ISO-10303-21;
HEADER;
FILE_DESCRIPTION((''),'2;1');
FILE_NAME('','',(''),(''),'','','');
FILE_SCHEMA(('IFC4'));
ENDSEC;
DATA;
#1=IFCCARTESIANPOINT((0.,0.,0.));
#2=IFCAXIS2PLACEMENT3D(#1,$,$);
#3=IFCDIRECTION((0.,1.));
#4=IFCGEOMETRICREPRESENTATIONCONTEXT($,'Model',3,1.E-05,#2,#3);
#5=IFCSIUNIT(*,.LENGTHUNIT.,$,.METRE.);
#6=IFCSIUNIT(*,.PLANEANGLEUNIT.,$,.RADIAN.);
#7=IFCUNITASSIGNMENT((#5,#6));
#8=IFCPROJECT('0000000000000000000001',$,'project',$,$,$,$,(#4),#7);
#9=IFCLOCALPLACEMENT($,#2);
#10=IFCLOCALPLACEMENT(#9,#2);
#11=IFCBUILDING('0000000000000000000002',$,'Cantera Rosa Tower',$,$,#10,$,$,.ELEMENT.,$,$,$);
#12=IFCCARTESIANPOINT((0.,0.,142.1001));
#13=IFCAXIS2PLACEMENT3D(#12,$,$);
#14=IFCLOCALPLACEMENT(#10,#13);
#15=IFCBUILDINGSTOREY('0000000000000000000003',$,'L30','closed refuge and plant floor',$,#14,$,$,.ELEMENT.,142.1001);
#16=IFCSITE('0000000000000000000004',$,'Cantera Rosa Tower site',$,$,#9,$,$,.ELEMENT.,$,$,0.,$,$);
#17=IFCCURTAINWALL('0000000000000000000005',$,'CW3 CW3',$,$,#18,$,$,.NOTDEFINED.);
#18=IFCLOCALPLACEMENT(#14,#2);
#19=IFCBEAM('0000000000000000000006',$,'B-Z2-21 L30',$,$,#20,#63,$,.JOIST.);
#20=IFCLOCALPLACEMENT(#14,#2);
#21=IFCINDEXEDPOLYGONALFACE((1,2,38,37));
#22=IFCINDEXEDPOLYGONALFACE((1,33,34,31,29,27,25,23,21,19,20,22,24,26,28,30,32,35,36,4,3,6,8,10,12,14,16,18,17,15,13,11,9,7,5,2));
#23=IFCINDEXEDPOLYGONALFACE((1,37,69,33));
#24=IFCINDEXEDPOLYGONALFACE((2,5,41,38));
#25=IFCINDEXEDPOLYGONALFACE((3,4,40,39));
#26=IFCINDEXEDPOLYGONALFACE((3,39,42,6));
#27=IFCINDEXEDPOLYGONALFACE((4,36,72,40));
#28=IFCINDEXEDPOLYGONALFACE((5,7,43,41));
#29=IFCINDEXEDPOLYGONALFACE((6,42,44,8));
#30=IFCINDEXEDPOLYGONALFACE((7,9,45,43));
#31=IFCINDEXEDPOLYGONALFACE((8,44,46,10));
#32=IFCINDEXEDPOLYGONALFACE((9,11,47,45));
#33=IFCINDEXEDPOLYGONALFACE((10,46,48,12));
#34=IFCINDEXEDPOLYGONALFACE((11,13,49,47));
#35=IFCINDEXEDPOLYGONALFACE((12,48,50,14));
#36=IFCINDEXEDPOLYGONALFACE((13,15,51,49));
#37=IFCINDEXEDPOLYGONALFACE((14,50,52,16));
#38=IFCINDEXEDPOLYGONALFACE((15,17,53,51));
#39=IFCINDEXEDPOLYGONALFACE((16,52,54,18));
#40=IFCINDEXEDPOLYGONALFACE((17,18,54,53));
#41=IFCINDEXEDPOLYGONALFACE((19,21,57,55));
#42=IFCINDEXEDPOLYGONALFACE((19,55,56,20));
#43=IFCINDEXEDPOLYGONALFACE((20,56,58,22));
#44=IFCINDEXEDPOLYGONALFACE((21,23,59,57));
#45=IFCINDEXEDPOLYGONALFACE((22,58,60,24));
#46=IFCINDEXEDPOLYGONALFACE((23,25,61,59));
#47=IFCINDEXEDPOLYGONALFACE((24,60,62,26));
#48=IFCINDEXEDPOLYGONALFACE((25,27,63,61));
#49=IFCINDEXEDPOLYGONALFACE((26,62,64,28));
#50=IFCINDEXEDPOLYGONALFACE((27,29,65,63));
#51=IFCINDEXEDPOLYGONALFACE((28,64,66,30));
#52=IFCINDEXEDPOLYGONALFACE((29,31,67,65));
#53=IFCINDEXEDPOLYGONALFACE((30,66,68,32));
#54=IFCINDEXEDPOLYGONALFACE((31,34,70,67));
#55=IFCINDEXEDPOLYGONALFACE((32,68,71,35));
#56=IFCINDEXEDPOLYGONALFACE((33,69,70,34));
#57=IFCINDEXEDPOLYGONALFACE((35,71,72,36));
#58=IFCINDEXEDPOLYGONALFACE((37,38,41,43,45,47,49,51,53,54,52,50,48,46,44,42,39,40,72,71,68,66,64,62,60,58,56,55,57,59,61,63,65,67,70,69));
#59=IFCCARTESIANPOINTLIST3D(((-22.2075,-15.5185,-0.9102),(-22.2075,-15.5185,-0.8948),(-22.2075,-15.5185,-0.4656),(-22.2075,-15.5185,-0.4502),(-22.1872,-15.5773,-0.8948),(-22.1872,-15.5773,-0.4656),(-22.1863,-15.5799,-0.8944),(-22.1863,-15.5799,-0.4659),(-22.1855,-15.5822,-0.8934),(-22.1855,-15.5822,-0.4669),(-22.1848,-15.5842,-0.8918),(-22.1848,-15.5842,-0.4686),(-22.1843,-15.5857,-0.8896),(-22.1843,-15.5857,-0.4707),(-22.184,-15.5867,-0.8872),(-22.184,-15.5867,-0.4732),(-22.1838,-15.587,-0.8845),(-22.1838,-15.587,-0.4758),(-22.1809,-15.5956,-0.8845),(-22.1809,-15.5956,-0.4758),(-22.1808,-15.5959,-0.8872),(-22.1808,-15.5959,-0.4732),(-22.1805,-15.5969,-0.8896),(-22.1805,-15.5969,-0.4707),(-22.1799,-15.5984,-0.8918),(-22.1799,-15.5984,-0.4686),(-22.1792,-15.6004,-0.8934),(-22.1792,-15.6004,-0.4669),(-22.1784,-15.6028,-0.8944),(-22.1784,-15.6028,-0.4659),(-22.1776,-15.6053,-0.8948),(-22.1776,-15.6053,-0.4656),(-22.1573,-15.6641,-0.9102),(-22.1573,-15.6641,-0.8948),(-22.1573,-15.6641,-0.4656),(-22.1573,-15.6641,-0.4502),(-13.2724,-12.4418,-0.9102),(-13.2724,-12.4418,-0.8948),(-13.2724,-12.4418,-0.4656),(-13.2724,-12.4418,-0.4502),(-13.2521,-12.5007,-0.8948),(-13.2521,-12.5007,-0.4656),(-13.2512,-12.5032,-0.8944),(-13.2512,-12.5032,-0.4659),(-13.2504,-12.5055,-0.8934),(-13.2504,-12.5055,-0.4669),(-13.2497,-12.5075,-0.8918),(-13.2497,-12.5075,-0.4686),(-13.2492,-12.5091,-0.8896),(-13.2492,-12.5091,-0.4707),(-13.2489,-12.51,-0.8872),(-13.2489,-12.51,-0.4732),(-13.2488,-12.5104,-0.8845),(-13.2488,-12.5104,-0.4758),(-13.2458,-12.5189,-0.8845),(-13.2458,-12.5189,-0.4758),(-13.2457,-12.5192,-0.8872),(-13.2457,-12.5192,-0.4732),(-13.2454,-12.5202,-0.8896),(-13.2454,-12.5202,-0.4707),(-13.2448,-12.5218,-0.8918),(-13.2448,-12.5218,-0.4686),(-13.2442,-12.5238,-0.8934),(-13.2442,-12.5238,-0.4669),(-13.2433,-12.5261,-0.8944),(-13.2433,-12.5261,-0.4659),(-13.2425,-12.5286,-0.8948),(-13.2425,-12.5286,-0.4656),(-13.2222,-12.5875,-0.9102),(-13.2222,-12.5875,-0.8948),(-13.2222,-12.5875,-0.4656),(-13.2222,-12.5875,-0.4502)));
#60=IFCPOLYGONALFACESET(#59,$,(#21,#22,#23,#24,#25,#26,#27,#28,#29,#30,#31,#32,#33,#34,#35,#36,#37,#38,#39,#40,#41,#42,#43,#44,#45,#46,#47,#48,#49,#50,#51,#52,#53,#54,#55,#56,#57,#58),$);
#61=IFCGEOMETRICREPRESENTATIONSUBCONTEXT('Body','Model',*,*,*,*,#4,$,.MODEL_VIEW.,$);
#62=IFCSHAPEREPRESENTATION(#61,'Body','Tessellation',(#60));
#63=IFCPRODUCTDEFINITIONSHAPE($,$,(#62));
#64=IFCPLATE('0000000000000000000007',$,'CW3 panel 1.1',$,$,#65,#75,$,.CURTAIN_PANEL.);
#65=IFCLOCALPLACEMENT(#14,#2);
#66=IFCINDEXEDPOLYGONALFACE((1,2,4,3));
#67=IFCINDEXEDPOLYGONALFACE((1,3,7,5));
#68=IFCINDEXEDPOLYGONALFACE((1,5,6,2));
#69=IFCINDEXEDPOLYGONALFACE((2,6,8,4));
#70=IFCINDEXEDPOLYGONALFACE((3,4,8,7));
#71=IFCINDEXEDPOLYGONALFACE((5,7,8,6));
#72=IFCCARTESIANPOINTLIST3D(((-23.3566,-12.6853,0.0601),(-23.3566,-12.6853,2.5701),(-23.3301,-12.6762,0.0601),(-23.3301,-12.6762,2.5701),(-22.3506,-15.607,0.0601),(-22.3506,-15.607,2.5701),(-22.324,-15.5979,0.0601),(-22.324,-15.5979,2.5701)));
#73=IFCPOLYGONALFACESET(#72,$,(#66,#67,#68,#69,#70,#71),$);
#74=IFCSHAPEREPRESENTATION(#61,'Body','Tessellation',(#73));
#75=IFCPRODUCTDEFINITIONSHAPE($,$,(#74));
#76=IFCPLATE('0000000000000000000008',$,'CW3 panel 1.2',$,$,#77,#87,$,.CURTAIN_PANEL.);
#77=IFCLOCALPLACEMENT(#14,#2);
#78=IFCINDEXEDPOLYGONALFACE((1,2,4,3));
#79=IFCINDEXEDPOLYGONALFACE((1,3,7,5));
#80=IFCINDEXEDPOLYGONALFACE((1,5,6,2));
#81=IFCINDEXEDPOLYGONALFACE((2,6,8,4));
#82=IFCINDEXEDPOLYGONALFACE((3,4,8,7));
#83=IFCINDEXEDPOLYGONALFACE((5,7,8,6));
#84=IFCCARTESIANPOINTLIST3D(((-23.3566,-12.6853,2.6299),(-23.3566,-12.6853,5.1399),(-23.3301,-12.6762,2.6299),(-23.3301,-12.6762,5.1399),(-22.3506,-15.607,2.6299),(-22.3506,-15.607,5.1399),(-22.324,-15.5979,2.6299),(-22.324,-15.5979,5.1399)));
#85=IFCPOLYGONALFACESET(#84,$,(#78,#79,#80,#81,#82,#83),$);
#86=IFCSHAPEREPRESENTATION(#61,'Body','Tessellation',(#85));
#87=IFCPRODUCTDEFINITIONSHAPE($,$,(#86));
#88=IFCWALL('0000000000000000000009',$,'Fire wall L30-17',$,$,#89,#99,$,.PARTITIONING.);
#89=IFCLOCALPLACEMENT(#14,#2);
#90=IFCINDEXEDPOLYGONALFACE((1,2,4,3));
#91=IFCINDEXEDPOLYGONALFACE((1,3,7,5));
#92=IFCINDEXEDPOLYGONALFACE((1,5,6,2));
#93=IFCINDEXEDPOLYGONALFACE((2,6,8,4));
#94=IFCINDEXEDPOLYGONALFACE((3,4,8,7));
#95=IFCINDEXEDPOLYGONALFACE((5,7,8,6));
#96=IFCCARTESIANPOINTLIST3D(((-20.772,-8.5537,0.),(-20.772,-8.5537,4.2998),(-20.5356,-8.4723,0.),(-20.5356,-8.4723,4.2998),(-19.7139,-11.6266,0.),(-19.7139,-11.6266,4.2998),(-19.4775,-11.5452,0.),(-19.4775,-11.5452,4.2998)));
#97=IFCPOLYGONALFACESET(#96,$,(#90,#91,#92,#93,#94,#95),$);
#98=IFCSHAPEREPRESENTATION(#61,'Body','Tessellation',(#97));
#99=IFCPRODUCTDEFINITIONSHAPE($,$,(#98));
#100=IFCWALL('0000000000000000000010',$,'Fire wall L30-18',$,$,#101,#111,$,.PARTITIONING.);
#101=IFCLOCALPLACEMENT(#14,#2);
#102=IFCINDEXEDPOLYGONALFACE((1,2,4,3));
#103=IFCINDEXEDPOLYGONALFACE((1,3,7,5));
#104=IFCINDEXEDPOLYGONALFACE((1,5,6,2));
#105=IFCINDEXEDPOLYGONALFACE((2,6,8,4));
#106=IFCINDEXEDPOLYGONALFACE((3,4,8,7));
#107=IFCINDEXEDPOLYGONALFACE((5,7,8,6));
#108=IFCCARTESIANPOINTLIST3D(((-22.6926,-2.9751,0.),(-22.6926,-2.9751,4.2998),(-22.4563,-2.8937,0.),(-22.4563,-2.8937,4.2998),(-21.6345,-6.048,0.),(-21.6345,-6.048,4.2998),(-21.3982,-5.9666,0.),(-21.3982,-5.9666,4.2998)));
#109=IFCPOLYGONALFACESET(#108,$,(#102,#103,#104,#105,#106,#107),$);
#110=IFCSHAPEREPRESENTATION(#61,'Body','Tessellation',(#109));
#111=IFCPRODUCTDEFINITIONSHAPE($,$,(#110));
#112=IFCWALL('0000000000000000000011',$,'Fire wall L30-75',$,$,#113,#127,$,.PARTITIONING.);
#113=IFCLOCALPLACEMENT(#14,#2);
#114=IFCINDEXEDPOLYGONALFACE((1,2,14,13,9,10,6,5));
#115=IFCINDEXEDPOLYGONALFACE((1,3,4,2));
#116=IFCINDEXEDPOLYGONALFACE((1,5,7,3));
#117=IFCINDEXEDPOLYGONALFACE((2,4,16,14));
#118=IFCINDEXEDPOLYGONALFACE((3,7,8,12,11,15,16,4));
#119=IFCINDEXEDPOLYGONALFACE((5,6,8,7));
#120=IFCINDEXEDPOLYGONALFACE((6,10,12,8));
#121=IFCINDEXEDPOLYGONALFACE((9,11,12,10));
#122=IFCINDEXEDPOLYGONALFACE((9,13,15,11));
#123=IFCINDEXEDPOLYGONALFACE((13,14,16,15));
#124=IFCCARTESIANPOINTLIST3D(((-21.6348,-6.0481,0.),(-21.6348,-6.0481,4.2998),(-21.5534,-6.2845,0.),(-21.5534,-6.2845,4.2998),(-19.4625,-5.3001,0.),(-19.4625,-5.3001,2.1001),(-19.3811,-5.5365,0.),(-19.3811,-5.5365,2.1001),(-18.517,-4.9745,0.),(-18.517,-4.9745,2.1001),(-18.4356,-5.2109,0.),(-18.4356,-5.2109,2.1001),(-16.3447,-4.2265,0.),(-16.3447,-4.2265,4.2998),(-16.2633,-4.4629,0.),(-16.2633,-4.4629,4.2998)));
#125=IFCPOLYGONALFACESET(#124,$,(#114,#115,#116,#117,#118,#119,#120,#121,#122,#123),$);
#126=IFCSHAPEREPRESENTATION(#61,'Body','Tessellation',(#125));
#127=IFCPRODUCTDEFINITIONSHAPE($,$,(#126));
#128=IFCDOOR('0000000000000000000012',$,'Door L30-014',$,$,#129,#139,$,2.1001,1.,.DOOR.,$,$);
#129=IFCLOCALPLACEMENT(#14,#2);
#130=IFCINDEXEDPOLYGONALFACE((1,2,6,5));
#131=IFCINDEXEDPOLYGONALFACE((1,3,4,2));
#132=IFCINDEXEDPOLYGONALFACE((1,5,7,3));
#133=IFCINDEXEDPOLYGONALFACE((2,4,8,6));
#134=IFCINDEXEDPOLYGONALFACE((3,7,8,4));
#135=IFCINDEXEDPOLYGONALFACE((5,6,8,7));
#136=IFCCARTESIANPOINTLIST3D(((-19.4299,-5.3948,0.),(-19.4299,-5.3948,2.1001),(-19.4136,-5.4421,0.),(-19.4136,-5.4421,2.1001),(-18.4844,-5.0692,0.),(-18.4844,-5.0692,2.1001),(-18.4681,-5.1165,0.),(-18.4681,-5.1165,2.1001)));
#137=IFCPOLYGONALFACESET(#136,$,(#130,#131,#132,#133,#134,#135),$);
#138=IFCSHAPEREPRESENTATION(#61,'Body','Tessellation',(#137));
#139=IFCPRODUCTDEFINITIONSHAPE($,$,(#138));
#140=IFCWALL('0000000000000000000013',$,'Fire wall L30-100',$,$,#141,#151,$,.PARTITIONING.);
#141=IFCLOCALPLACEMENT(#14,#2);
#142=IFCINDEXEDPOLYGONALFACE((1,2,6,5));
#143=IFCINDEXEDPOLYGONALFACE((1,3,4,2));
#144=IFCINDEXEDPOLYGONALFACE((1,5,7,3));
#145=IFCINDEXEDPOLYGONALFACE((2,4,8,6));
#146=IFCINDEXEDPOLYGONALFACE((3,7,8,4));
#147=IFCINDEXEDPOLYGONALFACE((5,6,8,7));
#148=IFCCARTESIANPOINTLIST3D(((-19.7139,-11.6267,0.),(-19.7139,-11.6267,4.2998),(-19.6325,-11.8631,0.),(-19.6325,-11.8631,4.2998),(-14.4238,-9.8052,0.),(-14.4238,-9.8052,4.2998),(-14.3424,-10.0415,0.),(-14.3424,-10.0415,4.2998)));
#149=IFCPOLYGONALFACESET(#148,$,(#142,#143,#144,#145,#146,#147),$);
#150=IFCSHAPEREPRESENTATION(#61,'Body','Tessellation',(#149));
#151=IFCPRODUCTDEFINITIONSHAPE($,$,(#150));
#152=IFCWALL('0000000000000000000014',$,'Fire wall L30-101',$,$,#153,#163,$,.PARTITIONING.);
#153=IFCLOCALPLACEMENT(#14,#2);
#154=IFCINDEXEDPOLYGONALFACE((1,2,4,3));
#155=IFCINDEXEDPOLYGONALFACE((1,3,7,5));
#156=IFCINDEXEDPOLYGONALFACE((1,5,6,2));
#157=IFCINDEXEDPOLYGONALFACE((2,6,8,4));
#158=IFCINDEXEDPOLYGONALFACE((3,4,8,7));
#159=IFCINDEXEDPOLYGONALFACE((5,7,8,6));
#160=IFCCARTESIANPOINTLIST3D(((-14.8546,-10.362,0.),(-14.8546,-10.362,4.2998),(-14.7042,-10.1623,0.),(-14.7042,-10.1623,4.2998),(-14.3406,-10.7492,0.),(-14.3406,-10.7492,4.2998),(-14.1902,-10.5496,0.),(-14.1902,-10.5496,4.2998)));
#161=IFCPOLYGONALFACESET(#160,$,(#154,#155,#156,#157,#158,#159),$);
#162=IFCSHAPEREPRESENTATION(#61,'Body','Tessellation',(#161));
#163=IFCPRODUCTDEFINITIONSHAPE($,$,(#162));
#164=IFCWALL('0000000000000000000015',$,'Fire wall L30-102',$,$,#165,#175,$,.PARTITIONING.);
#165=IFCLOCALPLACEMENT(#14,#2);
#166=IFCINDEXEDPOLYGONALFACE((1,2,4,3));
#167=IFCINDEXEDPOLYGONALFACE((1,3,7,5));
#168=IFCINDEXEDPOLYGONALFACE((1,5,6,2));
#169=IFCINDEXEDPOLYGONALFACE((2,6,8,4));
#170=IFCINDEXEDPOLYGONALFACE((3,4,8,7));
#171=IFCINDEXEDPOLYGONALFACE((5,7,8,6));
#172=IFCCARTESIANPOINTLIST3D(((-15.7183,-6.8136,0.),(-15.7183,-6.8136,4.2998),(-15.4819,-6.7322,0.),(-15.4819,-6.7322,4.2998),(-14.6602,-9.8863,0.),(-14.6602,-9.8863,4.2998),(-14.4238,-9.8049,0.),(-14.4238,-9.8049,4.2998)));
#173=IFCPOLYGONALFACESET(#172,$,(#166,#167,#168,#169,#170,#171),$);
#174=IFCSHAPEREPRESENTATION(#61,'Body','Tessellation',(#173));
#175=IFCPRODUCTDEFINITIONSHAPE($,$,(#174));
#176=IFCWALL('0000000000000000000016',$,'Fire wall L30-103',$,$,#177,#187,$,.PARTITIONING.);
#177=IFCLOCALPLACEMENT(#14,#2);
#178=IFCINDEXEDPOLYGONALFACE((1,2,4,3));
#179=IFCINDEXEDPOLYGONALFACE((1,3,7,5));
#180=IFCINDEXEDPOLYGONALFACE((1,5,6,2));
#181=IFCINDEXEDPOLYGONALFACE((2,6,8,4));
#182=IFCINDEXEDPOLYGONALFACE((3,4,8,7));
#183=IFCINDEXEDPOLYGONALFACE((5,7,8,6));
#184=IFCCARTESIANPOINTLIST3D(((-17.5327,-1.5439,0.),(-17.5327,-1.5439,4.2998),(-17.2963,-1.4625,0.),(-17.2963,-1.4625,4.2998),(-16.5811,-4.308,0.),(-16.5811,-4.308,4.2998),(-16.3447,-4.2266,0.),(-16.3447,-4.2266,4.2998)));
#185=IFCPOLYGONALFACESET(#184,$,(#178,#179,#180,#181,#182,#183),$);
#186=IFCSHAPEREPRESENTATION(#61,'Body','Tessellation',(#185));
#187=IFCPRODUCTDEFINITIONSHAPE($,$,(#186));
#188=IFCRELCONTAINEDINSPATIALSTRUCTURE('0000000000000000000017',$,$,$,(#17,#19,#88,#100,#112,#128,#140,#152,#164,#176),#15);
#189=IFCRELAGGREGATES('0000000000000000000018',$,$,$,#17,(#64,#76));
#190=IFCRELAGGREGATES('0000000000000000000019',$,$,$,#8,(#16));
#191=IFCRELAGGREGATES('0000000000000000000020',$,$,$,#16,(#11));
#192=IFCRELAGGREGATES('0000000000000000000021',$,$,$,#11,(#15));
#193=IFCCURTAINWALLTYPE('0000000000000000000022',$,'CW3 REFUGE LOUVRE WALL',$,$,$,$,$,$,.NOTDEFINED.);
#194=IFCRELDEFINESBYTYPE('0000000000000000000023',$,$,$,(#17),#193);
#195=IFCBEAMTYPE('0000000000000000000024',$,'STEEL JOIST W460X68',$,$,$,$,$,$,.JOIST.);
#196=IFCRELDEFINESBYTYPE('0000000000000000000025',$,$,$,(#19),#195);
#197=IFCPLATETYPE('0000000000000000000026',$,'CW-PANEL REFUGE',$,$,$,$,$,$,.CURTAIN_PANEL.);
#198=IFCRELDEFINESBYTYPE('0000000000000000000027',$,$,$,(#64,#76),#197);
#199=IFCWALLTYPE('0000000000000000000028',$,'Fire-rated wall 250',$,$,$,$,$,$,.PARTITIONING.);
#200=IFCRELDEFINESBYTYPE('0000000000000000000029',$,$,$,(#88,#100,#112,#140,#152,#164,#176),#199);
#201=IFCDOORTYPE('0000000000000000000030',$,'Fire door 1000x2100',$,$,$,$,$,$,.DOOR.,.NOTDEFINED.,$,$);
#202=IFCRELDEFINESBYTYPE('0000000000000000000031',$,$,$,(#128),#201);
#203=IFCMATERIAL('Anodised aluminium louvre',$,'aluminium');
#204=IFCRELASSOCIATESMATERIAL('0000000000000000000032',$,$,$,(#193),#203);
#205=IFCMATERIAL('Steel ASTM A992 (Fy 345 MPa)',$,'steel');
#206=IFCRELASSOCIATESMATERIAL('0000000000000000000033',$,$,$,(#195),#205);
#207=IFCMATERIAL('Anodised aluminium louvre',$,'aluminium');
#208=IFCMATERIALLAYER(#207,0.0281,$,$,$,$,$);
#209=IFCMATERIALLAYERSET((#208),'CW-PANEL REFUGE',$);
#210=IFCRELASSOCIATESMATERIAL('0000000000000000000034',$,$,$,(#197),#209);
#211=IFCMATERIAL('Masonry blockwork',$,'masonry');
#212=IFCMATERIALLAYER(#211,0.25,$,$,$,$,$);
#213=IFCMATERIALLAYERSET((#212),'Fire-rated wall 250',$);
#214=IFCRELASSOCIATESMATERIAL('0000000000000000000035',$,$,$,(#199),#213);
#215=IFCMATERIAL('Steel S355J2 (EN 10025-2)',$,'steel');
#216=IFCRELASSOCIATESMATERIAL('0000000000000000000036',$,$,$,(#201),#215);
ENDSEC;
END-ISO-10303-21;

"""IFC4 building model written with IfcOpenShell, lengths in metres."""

from ifc_helpers import new_model, si_unit, direction, frame, frame_2d, origin, origin_2d, place, context, subcontext, project, spatial, rectangle, i_section, extrude, material, layer, layer_set, material_profile, profile_set, type_object, element, fill, aggregate, save


model = new_model("IFC4")

# Units and contexts
model_context = context("Model", 3, precision=1e-05, world=origin(), true_north=direction((0.0, 1.0)))
body_context = subcontext(model_context, "Body", "Model", "MODEL_VIEW")
ifc_project = project(units=[si_unit("LENGTHUNIT", "METRE"), si_unit("PLANEANGLEUNIT", "RADIAN")], contexts=[model_context])

# Site, building, storey
site_placement = place(None, origin())
site = spatial("IfcSite", under=ifc_project, at=site_placement, Name="Cantera Rosa Tower site", CompositionType="ELEMENT", RefElevation=0.0)
building_placement = place(site_placement, origin())
building = spatial("IfcBuilding", under=site, at=building_placement, Name="Cantera Rosa Tower", CompositionType="ELEMENT")
storey_placement = place(building_placement, frame((0.0, 0.0, 142.1001)))
storey = spatial("IfcBuildingStorey", under=building, at=storey_placement, Name="L30", Description="closed refuge and plant floor", CompositionType="ELEMENT", Elevation=142.1001)

# Curtain wall
ifc_material_1 = material(Name="Anodised aluminium louvre", Category="aluminium")
curtain_wall_type = type_object("IfcCurtainWallType", Name="CW3 REFUGE LOUVRE WALL", PredefinedType="NOTDEFINED", material=ifc_material_1)
curtain_wall_placement = place(storey_placement, origin())
curtain_wall = element("IfcCurtainWall", 1, at=curtain_wall_placement, inside=storey, type_object=curtain_wall_type, Name="CW3 CW3", PredefinedType="NOTDEFINED")

# Beam
ifc_material_2 = material(Name="Steel ASTM A992 (Fy 345 MPa)", Category="steel")
ifc_material_profile_1 = material_profile(ifc_material_2, i_section(OverallWidth=0.1541, OverallDepth=0.46, WebThickness=0.009, FlangeThickness=0.0154, FilletRadius=0.0103, at=origin_2d()), Name="W460X68")
ifc_profile_set_1 = profile_set([ifc_material_profile_1], Name="Steel ASTM A992 (Fy 345 MPa)")
beam_type_1 = type_object("IfcBeamType", Name="STEEL JOIST W460X68", PredefinedType="JOIST", material=ifc_profile_set_1)
beam_1_placement = place(storey_placement, frame((-22.1824, -15.5913, -0.6802), z_axis=(0.945516, 0.325575, 0.0), x_axis=(-0.325575, 0.945516, 0.0)))
element("IfcBeam", 2, at=beam_1_placement, inside=storey, type_object=beam_type_1, Name="B-Z2-21 L30", PredefinedType="JOIST", context=body_context, shape_type="SweptSolid", body=[
    extrude(i_section(OverallWidth=0.1541, OverallDepth=0.46, WebThickness=0.009, FlangeThickness=0.0154, FilletRadius=0.0103, at=origin_2d()), origin(), (0.0, 0.0, 1.0), 9.45),
])

# Plates
ifc_material_3 = material(Name="Anodised aluminium louvre", Category="aluminium")
ifc_layer_1 = layer(ifc_material_3, 0.0281)
ifc_layer_set_1 = layer_set([ifc_layer_1], Name="CW-PANEL REFUGE")
plate_type = type_object("IfcPlateType", Name="CW-PANEL REFUGE", PredefinedType="CURTAIN_PANEL", material=ifc_layer_set_1)
plate_1_placement = place(storey_placement, frame((-22.8403, -14.1416, 0.0601), z_axis=(0.0, 0.0, 1.0), x_axis=(0.325568, -0.945519, 0.0)))
plate_1 = element("IfcPlate", 3, at=plate_1_placement, type_object=plate_type, Name="CW3 panel 1.1", PredefinedType="CURTAIN_PANEL", context=body_context, shape_type="SweptSolid", body=[
    extrude(rectangle(XDim=3.0901, YDim=0.0281, at=origin_2d()), origin(), (0.0, 0.0, 1.0), 2.51),
])
plate_2_placement = place(storey_placement, frame((-22.8403, -14.1416, 2.6299), z_axis=(0.0, 0.0, 1.0), x_axis=(0.325568, -0.945519, 0.0)))
plate_2 = element("IfcPlate", 4, at=plate_2_placement, type_object=plate_type, Name="CW3 panel 1.2", PredefinedType="CURTAIN_PANEL", context=body_context, shape_type="SweptSolid", body=[
    extrude(rectangle(XDim=3.0901, YDim=0.0281, at=origin_2d()), origin(), (0.0, 0.0, 1.0), 2.51),
])
aggregate(curtain_wall, [plate_1, plate_2])

# Walls
ifc_material_4 = material(Name="Masonry blockwork", Category="masonry")
ifc_layer_2 = layer(ifc_material_4, 0.25)
ifc_layer_set_2 = layer_set([ifc_layer_2], Name="Fire-rated wall 250")
wall_type_1 = type_object("IfcWallType", Name="Fire-rated wall 250", PredefinedType="PARTITIONING", material=ifc_layer_set_2)
for number, where, z_axis, x_axis, name in (
    (5, (-19.5957, -11.5859, 0.0), (0.0, 0.0, 1.0), (-0.325565, 0.94552, 0.0), "Fire wall L30-17"),
    (6, (-21.5164, -6.0073, 0.0), (0.0, 0.0, 1.0), (-0.325565, 0.94552, 0.0), "Fire wall L30-18"),
):
    element("IfcWall", number, at=place(storey_placement, frame(where, z_axis=z_axis, x_axis=x_axis)), inside=storey, type_object=wall_type_1, Name=name, PredefinedType="PARTITIONING", context=body_context, shape_type="SweptSolid", body=[
        extrude(rectangle(XDim=3.25, YDim=0.25, at=frame_2d((1.625, 0.0))), origin(), (0.0, 0.0, 1.0), 4.2998),
    ])

# Wall, opening, door
wall_1_placement = place(storey_placement, frame((-21.594, -6.1663, 0.0), z_axis=(0.0, 0.0, 1.0), x_axis=(0.945517, 0.325572, 0.0)))
wall_1 = element("IfcWall", 7, at=wall_1_placement, inside=storey, type_object=wall_type_1, Name="Fire wall L30-75", PredefinedType="PARTITIONING", context=body_context, shape_type="SweptSolid", body=[
    extrude(rectangle(XDim=5.595, YDim=0.25, at=frame_2d((2.7974, 0.0))), origin(), (0.0, 0.0, 1.0), 4.2998),
])
opening_1_placement = place(wall_1_placement, frame((2.2974, 0.0, 0.0)))
opening_1 = element("IfcOpeningElement", 8, at=opening_1_placement, cuts=wall_1, PredefinedType="OPENING", context=body_context, shape_type="SweptSolid", body=[
    extrude(rectangle(XDim=1.0, YDim=2.1001, at=frame_2d((0.5, 1.05))), frame((0.0, 0.135, 0.0), z_axis=(0.0, -1.0, 0.0), x_axis=(1.0, 0.0, 0.0)), (0.0, 0.0, 1.0), 0.27),
])
ifc_material_5 = material(Name="Steel S355J2 (EN 10025-2)", Category="steel")
door_type = type_object("IfcDoorType", Name="Fire door 1000x2100", OperationType="NOTDEFINED", PredefinedType="DOOR", material=ifc_material_5)
door_1_placement = place(opening_1_placement, origin())
door_1 = element("IfcDoor", 9, at=door_1_placement, inside=storey, type_object=door_type, Name="Door L30-014", OverallHeight=2.1001, OverallWidth=1.0, PredefinedType="DOOR", context=body_context, shape_type="SweptSolid", body=[
    extrude(rectangle(XDim=1.0, YDim=2.1001, at=frame_2d((0.5, 1.05))), frame((0.0, 0.0249, 0.0), z_axis=(0.0, -1.0, 0.0), x_axis=(1.0, 0.0, 0.0)), (0.0, 0.0, 1.0), 0.05),
])
fill(opening_1, door_1)

# Walls
wall_2_placement = place(storey_placement, frame((-19.6731, -11.7449, 0.0), z_axis=(0.0, 0.0, 1.0), x_axis=(0.945517, 0.325572, 0.0)))
element("IfcWall", 10, at=wall_2_placement, inside=storey, type_object=wall_type_1, Name="Fire wall L30-100", PredefinedType="PARTITIONING", context=body_context, shape_type="SweptSolid", body=[
    extrude(rectangle(XDim=5.595, YDim=0.25, at=frame_2d((2.7974, 0.0))), origin(), (0.0, 0.0, 1.0), 4.2998),
])
wall_3_placement = place(storey_placement, frame((-14.2654, -10.6494, 0.0), z_axis=(0.0, 0.0, 1.0), x_axis=(-0.798678, 0.601759, 0.0)))
element("IfcWall", 11, at=wall_3_placement, inside=storey, type_object=wall_type_1, Name="Fire wall L30-101", PredefinedType="PARTITIONING", context=body_context, shape_type="SweptSolid", body=[
    extrude(rectangle(XDim=0.6436, YDim=0.25, at=frame_2d((0.3218, 0.0))), origin(), (0.0, 0.0, 1.0), 4.2998),
])
wall_4_placement = place(storey_placement, frame((-14.542, -9.8457, 0.0), z_axis=(0.0, 0.0, 1.0), x_axis=(-0.325588, 0.945512, 0.0)))
element("IfcWall", 12, at=wall_4_placement, inside=storey, type_object=wall_type_1, Name="Fire wall L30-102", PredefinedType="PARTITIONING", context=body_context, shape_type="SweptSolid", body=[
    extrude(rectangle(XDim=3.2498, YDim=0.25, at=frame_2d((1.625, 0.0))), origin(), (0.0, 0.0, 1.0), 4.2998),
])
wall_5_placement = place(storey_placement, frame((-16.4629, -4.2673, 0.0), z_axis=(0.0, 0.0, 1.0), x_axis=(-0.325533, 0.945531, 0.0)))
element("IfcWall", 13, at=wall_5_placement, inside=storey, type_object=wall_type_1, Name="Fire wall L30-103", PredefinedType="PARTITIONING", context=body_context, shape_type="SweptSolid", body=[
    extrude(rectangle(XDim=2.9233, YDim=0.25, at=frame_2d((1.4617, 0.0))), origin(), (0.0, 0.0, 1.0), 4.2998),
])

save(model, "model.ifc")
